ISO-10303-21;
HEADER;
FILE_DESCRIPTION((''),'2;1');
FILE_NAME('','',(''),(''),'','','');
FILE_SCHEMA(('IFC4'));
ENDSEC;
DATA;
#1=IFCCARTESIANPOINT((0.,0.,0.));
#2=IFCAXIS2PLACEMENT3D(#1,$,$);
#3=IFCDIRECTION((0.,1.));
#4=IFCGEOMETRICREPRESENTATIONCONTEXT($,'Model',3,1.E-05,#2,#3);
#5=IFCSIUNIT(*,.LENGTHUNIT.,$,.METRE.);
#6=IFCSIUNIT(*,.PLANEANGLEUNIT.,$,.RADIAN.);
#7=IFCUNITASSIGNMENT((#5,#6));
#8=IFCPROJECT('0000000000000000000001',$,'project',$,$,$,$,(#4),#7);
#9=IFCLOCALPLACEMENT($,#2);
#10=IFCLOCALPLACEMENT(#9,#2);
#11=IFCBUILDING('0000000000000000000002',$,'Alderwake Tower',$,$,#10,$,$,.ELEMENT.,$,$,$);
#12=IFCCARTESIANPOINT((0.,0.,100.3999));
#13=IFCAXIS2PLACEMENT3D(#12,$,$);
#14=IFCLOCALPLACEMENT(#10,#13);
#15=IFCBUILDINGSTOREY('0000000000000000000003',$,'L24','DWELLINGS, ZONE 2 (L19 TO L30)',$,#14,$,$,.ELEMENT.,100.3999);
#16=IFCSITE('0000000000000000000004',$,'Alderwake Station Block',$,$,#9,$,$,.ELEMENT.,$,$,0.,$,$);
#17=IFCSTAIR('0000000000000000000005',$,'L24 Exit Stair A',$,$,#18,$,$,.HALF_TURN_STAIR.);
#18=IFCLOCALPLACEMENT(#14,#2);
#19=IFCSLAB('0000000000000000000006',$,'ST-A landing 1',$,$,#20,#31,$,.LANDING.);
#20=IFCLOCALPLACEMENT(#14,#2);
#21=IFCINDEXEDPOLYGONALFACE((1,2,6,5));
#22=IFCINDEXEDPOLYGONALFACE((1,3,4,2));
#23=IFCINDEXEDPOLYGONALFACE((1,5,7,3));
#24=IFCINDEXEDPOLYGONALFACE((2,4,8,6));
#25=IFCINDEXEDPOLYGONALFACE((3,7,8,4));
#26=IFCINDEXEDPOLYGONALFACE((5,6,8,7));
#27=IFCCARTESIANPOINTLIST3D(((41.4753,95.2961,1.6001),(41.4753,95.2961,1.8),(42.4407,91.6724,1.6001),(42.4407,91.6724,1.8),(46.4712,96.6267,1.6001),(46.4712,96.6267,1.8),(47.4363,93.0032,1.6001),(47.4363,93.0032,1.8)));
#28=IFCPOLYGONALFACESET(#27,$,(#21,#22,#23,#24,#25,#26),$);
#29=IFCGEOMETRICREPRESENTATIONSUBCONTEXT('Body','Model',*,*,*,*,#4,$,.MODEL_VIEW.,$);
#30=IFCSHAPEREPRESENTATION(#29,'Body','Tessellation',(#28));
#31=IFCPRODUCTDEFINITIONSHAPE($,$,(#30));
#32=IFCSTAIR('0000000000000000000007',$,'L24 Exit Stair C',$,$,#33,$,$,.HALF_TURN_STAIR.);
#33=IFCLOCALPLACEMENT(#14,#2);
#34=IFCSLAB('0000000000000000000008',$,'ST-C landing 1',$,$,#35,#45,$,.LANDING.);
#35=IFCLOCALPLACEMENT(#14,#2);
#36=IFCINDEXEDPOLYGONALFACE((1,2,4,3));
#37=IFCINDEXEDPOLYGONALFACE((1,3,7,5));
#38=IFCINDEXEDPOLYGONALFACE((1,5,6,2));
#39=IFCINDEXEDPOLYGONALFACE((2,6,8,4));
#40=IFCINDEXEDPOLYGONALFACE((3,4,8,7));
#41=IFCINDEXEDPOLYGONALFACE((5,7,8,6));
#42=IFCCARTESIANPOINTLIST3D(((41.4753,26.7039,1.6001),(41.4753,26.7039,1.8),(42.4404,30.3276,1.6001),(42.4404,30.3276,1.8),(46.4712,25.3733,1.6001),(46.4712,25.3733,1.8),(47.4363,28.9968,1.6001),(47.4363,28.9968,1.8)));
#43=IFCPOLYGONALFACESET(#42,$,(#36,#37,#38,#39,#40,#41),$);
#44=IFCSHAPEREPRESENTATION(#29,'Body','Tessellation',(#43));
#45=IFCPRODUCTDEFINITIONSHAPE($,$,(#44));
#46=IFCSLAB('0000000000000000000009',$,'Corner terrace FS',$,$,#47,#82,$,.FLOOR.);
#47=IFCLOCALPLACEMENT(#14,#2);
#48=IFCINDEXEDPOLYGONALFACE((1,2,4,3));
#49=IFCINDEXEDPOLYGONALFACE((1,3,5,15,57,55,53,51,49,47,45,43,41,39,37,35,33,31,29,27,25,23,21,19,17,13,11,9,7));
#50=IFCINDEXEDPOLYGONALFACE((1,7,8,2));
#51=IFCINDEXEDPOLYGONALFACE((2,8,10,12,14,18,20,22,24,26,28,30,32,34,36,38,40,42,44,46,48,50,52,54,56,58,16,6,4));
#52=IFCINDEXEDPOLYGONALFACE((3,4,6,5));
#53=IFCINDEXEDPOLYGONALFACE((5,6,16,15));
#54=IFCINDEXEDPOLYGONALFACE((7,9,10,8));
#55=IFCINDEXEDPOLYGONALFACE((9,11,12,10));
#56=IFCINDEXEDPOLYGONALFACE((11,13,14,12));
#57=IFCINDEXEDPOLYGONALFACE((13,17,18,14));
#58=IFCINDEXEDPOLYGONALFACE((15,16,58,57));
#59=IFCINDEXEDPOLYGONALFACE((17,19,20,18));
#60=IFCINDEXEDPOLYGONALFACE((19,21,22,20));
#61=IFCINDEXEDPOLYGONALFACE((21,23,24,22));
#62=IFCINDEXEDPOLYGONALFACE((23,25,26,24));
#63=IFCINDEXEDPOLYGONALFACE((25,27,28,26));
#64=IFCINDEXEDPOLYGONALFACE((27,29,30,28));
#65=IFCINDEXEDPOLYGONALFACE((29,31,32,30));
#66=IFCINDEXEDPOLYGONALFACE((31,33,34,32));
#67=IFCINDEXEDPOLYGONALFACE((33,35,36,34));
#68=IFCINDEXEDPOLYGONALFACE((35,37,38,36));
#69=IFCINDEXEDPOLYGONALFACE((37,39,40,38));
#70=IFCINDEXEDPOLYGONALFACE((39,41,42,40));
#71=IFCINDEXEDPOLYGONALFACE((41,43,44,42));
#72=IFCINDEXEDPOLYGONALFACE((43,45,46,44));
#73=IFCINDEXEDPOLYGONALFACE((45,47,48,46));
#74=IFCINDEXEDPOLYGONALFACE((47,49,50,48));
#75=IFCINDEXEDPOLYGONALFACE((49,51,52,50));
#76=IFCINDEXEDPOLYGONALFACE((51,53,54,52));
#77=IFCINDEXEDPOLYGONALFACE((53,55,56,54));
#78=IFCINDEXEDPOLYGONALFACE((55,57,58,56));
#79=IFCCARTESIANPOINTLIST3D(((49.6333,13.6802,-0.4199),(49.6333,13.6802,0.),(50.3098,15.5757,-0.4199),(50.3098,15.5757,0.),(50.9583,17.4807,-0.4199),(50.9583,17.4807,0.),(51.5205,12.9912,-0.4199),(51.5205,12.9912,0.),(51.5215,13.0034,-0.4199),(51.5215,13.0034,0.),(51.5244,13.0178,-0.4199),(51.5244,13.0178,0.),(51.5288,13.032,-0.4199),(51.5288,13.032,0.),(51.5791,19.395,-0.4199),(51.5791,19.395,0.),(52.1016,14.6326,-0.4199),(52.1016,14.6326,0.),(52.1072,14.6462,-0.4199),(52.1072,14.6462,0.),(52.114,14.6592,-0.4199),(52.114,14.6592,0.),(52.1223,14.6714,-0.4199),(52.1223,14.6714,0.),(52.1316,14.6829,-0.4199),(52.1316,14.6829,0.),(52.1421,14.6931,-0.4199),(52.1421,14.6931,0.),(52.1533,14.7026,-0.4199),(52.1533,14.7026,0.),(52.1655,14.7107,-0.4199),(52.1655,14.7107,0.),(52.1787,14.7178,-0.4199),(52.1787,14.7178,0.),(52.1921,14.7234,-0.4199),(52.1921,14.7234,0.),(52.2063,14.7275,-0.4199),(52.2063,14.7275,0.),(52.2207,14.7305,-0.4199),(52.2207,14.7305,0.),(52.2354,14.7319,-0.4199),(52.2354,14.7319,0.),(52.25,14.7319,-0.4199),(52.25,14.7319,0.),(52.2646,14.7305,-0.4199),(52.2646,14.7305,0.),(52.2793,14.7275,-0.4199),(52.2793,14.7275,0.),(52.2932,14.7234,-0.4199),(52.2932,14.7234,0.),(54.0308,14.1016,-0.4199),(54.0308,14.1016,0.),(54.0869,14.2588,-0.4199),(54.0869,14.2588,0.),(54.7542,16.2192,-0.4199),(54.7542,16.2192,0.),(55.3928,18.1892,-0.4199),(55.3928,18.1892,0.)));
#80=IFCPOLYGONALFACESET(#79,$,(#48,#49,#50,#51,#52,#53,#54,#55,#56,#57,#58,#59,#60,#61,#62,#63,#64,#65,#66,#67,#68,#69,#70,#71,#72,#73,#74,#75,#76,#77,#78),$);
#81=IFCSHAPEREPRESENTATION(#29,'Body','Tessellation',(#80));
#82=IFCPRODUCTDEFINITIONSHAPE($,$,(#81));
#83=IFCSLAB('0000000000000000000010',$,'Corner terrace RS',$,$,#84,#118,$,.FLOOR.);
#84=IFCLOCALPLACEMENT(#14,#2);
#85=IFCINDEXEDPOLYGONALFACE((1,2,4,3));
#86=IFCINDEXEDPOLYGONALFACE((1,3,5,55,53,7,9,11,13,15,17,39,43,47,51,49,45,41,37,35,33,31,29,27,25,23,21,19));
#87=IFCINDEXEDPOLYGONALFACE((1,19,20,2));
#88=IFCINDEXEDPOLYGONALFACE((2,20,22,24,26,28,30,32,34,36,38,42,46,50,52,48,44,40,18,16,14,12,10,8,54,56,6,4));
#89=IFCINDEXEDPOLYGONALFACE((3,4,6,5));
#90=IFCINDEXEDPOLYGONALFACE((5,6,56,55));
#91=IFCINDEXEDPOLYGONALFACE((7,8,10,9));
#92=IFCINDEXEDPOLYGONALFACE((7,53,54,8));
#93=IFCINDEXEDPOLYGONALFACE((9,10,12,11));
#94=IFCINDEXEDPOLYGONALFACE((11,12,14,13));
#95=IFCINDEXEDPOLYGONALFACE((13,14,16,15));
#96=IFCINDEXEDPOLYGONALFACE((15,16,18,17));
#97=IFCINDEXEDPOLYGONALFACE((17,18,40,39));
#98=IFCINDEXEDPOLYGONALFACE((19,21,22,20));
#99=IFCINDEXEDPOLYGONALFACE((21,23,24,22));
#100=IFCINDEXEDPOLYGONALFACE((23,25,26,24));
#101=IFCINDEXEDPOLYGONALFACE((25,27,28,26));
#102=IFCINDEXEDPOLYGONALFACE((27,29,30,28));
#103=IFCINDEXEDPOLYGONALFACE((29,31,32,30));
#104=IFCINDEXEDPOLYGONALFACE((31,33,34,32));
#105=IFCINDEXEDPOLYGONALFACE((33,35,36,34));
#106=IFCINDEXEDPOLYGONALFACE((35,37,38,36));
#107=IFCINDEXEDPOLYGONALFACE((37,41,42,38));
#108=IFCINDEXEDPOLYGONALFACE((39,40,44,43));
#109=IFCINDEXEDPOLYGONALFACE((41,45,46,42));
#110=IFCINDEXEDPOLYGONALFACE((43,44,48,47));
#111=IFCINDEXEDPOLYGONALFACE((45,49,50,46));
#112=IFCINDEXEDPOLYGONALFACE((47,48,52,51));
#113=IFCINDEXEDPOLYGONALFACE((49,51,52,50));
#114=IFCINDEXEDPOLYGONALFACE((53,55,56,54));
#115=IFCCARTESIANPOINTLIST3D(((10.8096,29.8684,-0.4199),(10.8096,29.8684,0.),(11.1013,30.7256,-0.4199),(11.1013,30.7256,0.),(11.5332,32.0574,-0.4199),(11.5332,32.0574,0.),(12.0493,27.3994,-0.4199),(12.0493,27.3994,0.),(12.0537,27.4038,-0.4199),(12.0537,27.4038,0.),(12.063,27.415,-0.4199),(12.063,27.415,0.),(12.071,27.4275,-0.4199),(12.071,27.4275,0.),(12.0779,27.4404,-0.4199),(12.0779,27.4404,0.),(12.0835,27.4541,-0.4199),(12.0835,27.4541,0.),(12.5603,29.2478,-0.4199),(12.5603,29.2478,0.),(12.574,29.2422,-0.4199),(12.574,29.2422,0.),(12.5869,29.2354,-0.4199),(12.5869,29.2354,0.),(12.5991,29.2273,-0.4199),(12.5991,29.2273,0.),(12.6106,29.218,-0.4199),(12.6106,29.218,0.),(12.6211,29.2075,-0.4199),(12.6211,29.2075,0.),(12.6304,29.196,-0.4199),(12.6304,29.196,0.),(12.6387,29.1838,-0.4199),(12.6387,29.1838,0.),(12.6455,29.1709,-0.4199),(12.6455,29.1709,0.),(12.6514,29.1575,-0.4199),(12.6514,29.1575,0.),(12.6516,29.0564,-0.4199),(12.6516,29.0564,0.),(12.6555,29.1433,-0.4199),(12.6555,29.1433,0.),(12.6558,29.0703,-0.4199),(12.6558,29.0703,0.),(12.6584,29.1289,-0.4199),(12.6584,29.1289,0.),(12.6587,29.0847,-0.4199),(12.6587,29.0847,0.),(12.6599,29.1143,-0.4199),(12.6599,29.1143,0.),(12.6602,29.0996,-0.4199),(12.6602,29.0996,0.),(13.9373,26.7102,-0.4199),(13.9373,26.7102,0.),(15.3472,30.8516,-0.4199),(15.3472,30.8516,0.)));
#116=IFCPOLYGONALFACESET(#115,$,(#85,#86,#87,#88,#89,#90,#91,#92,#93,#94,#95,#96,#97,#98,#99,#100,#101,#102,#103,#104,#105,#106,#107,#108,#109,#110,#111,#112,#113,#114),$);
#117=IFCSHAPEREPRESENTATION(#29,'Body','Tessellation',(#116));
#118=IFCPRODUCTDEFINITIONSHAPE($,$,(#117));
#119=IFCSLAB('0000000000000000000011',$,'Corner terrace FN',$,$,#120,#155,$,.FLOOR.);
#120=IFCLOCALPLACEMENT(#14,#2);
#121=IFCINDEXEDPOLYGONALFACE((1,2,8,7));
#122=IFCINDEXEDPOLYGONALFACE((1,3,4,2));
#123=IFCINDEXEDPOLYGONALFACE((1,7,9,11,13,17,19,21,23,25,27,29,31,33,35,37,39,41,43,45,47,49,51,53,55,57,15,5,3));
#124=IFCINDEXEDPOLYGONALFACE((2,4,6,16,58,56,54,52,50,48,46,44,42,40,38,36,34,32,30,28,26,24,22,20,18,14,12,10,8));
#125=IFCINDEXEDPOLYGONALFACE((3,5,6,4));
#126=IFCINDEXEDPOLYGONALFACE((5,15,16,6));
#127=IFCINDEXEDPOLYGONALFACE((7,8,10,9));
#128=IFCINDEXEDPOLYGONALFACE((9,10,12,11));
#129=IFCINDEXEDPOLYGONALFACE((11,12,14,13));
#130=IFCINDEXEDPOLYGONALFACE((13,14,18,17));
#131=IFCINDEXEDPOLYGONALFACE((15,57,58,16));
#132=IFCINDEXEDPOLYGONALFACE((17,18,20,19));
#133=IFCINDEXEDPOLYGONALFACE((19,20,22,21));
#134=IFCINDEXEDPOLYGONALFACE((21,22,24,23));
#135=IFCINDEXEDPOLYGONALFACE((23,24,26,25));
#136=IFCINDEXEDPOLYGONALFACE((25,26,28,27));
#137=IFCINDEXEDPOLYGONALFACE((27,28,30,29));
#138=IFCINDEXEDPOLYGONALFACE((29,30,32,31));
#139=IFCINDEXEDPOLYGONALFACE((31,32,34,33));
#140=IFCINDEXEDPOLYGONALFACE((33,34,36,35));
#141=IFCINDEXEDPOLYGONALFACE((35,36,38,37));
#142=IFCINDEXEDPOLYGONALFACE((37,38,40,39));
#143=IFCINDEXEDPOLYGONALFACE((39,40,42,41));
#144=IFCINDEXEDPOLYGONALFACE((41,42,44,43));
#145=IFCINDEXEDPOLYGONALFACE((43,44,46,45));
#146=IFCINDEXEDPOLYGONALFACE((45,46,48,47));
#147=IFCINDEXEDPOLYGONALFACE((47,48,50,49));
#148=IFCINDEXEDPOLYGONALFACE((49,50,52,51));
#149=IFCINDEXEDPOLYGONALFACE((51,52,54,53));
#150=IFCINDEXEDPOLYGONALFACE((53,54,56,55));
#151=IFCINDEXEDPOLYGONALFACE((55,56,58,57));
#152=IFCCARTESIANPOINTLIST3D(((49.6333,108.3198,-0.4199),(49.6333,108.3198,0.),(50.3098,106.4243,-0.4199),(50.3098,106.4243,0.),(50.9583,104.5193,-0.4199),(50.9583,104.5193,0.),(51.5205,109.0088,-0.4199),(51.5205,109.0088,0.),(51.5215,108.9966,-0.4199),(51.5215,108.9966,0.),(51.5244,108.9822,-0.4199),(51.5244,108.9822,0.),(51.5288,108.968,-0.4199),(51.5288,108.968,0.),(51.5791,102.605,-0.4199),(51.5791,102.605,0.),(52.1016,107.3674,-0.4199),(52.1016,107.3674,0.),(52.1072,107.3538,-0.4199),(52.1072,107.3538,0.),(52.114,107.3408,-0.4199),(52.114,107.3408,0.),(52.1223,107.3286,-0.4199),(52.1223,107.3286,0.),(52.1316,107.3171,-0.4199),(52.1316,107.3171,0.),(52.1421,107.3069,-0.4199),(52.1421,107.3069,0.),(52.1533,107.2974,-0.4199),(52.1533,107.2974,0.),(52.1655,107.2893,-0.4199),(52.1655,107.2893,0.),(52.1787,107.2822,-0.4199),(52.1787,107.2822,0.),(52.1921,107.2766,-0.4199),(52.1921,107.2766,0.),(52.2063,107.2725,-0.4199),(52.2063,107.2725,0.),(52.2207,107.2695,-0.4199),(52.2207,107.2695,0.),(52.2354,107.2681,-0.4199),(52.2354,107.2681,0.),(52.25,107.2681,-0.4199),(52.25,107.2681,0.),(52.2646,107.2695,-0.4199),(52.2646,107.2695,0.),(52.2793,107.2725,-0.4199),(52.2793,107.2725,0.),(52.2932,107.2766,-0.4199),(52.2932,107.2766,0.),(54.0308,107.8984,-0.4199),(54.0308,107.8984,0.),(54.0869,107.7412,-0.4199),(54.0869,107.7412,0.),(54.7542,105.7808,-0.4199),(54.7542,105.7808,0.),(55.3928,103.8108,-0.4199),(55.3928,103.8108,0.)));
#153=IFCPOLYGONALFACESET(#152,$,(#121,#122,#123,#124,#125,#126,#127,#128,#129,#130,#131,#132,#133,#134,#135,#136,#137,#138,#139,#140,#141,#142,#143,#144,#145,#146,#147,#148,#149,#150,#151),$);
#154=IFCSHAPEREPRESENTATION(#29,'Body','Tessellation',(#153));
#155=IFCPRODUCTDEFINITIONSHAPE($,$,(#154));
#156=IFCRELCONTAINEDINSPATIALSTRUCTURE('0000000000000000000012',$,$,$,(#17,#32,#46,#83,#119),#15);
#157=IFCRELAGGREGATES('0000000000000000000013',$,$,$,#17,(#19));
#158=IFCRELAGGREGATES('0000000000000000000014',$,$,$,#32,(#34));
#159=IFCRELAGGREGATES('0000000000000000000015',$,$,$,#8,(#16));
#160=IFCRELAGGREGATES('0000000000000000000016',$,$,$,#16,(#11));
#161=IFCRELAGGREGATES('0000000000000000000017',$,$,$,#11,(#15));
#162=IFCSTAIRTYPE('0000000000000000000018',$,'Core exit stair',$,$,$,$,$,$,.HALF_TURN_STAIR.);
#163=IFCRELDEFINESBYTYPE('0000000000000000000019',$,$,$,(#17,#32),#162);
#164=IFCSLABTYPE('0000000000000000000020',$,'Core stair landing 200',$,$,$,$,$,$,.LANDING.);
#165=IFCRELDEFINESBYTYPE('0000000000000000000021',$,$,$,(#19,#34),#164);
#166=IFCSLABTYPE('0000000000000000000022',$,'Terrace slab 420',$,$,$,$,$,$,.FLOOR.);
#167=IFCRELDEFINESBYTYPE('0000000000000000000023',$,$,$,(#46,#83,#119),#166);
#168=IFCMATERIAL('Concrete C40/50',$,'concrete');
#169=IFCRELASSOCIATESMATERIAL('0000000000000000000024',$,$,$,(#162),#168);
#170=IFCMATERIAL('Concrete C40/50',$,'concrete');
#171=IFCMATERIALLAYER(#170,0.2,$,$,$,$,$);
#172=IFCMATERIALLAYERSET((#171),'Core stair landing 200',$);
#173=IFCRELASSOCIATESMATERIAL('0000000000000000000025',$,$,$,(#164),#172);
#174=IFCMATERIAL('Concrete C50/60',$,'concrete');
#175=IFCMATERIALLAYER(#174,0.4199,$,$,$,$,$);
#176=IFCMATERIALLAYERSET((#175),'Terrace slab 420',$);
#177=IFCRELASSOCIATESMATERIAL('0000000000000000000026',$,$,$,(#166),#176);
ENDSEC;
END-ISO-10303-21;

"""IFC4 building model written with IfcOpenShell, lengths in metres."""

from ifc_helpers import new_model, si_unit, direction, frame, origin, place, context, subcontext, project, spatial, polyline, outline, extrude, material, layer, layer_set, type_object, element, aggregate, save


model = new_model("IFC4")

# Units and contexts
model_context = context("Model", 3, precision=1e-05, world=origin(), true_north=direction((0.0, 1.0)))
body_context = subcontext(model_context, "Body", "Model", "MODEL_VIEW")
ifc_project = project(units=[si_unit("LENGTHUNIT", "METRE"), si_unit("PLANEANGLEUNIT", "RADIAN")], contexts=[model_context])

# Site, building, storey
site_placement = place(None, origin())
site = spatial("IfcSite", under=ifc_project, at=site_placement, Name="Alderwake Station Block", CompositionType="ELEMENT", RefElevation=0.0)
building_placement = place(site_placement, origin())
building = spatial("IfcBuilding", under=site, at=building_placement, Name="Alderwake Tower", CompositionType="ELEMENT")
storey_placement = place(building_placement, frame((0.0, 0.0, 100.3999)))
storey = spatial("IfcBuildingStorey", under=building, at=storey_placement, Name="L24", Description="DWELLINGS, ZONE 2 (L19 TO L30)", CompositionType="ELEMENT", Elevation=100.3999)

# Stairs, slabs
ifc_material_1 = material(Name="Concrete C40/50", Category="concrete")
stair_type = type_object("IfcStairType", Name="Core exit stair", PredefinedType="HALF_TURN_STAIR", material=ifc_material_1)
ifc_material_2 = material(Name="Concrete C40/50", Category="concrete")
ifc_layer_1 = layer(ifc_material_2, 0.2)
ifc_layer_set_1 = layer_set([ifc_layer_1], Name="Core stair landing 200")
slab_type_1 = type_object("IfcSlabType", Name="Core stair landing 200", PredefinedType="LANDING", material=ifc_layer_set_1)
stair_1_placement = place(storey_placement, origin())
stair_1 = element("IfcStair", 1, at=stair_1_placement, inside=storey, type_object=stair_type, Name="L24 Exit Stair A", PredefinedType="HALF_TURN_STAIR")
slab_1_placement = place(storey_placement, frame((0.0, 0.0, 1.6001)))
slab_1 = element("IfcSlab", 2, at=slab_1_placement, type_object=slab_type_1, Name="ST-A landing 1", PredefinedType="LANDING", context=body_context, shape_type="SweptSolid", body=[
    extrude(outline(polyline([(42.4407, 91.6724), (47.4363, 93.0032), (46.4712, 96.6267), (41.4753, 95.2961), (42.4407, 91.6724)])), origin(), (0.0, 0.0, 1.0), 0.2),
])
aggregate(stair_1, [slab_1])
stair_2_placement = place(storey_placement, origin())
stair_2 = element("IfcStair", 3, at=stair_2_placement, inside=storey, type_object=stair_type, Name="L24 Exit Stair C", PredefinedType="HALF_TURN_STAIR")
slab_2_placement = place(storey_placement, frame((0.0, 0.0, 1.6001)))
slab_2 = element("IfcSlab", 4, at=slab_2_placement, type_object=slab_type_1, Name="ST-C landing 1", PredefinedType="LANDING", context=body_context, shape_type="SweptSolid", body=[
    extrude(outline(polyline([(41.4753, 26.7039), (46.4712, 25.3733), (47.4363, 28.9968), (42.4404, 30.3276), (41.4753, 26.7039)])), origin(), (0.0, 0.0, 1.0), 0.2),
])
aggregate(stair_2, [slab_2])

# Slabs
ifc_material_3 = material(Name="Concrete C50/60", Category="concrete")
ifc_layer_2 = layer(ifc_material_3, 0.4199)
ifc_layer_set_2 = layer_set([ifc_layer_2], Name="Terrace slab 420")
slab_type_2 = type_object("IfcSlabType", Name="Terrace slab 420", PredefinedType="FLOOR", material=ifc_layer_set_2)
slab_3_placement = place(storey_placement, frame((0.0, 0.0, -0.4199)))
element("IfcSlab", 5, at=slab_3_placement, inside=storey, type_object=slab_type_2, Name="Corner terrace FS", PredefinedType="FLOOR", context=body_context, shape_type="SweptSolid", body=[
    extrude(outline(polyline([(54.0869, 14.2588), (54.0308, 14.1016), (52.2932, 14.7234), (52.2793, 14.7275), (52.2646, 14.7305), (52.25, 14.7319), (52.2354, 14.7319), (52.2207, 14.7305), (52.2063, 14.7275), (52.1921, 14.7234), (52.1787, 14.7178), (52.1655, 14.7107), (52.1533, 14.7026), (52.1421, 14.6931), (52.1316, 14.6829), (52.1223, 14.6714), (52.114, 14.6592), (52.1072, 14.6462), (52.1016, 14.6326), (51.5288, 13.032), (51.5244, 13.0178), (51.5215, 13.0034), (51.5205, 12.9912), (49.6333, 13.6802), (50.3098, 15.5757), (50.9583, 17.4807), (51.5791, 19.395), (55.3928, 18.1892), (54.7542, 16.2192), (54.0869, 14.2588)])), origin(), (0.0, 0.0, 1.0), 0.4199),
])
slab_4_placement = place(storey_placement, frame((0.0, 0.0, -0.4199)))
element("IfcSlab", 6, at=slab_4_placement, inside=storey, type_object=slab_type_2, Name="Corner terrace RS", PredefinedType="FLOOR", context=body_context, shape_type="SweptSolid", body=[
    extrude(outline(polyline([(13.9373, 26.7102), (12.0493, 27.3994), (12.0537, 27.4038), (12.063, 27.415), (12.071, 27.4275), (12.0779, 27.4404), (12.0835, 27.4541), (12.6516, 29.0564), (12.6558, 29.0703), (12.6587, 29.0847), (12.6602, 29.0996), (12.6599, 29.1143), (12.6584, 29.1289), (12.6555, 29.1433), (12.6514, 29.1575), (12.6455, 29.1709), (12.6387, 29.1838), (12.6304, 29.196), (12.6211, 29.2075), (12.6106, 29.218), (12.5991, 29.2273), (12.5869, 29.2354), (12.574, 29.2422), (12.5603, 29.2478), (10.8096, 29.8684), (11.1013, 30.7256), (11.5332, 32.0574), (15.3472, 30.8516), (13.9373, 26.7102)])), origin(), (0.0, 0.0, 1.0), 0.4199),
])
slab_5_placement = place(storey_placement, frame((0.0, 0.0, -0.4199)))
element("IfcSlab", 7, at=slab_5_placement, inside=storey, type_object=slab_type_2, Name="Corner terrace FN", PredefinedType="FLOOR", context=body_context, shape_type="SweptSolid", body=[
    extrude(outline(polyline([(54.0869, 107.7412), (54.7542, 105.7808), (55.3928, 103.8108), (51.5791, 102.605), (50.9583, 104.5193), (50.3098, 106.4243), (49.6333, 108.3198), (51.5205, 109.0088), (51.5215, 108.9966), (51.5244, 108.9822), (51.5288, 108.968), (52.1016, 107.3674), (52.1072, 107.3538), (52.114, 107.3408), (52.1223, 107.3286), (52.1316, 107.3171), (52.1421, 107.3069), (52.1533, 107.2974), (52.1655, 107.2893), (52.1787, 107.2822), (52.1921, 107.2766), (52.2063, 107.2725), (52.2207, 107.2695), (52.2354, 107.2681), (52.25, 107.2681), (52.2646, 107.2695), (52.2793, 107.2725), (52.2932, 107.2766), (54.0308, 107.8984), (54.0869, 107.7412)])), origin(), (0.0, 0.0, 1.0), 0.4199),
])

save(model, "model.ifc")
